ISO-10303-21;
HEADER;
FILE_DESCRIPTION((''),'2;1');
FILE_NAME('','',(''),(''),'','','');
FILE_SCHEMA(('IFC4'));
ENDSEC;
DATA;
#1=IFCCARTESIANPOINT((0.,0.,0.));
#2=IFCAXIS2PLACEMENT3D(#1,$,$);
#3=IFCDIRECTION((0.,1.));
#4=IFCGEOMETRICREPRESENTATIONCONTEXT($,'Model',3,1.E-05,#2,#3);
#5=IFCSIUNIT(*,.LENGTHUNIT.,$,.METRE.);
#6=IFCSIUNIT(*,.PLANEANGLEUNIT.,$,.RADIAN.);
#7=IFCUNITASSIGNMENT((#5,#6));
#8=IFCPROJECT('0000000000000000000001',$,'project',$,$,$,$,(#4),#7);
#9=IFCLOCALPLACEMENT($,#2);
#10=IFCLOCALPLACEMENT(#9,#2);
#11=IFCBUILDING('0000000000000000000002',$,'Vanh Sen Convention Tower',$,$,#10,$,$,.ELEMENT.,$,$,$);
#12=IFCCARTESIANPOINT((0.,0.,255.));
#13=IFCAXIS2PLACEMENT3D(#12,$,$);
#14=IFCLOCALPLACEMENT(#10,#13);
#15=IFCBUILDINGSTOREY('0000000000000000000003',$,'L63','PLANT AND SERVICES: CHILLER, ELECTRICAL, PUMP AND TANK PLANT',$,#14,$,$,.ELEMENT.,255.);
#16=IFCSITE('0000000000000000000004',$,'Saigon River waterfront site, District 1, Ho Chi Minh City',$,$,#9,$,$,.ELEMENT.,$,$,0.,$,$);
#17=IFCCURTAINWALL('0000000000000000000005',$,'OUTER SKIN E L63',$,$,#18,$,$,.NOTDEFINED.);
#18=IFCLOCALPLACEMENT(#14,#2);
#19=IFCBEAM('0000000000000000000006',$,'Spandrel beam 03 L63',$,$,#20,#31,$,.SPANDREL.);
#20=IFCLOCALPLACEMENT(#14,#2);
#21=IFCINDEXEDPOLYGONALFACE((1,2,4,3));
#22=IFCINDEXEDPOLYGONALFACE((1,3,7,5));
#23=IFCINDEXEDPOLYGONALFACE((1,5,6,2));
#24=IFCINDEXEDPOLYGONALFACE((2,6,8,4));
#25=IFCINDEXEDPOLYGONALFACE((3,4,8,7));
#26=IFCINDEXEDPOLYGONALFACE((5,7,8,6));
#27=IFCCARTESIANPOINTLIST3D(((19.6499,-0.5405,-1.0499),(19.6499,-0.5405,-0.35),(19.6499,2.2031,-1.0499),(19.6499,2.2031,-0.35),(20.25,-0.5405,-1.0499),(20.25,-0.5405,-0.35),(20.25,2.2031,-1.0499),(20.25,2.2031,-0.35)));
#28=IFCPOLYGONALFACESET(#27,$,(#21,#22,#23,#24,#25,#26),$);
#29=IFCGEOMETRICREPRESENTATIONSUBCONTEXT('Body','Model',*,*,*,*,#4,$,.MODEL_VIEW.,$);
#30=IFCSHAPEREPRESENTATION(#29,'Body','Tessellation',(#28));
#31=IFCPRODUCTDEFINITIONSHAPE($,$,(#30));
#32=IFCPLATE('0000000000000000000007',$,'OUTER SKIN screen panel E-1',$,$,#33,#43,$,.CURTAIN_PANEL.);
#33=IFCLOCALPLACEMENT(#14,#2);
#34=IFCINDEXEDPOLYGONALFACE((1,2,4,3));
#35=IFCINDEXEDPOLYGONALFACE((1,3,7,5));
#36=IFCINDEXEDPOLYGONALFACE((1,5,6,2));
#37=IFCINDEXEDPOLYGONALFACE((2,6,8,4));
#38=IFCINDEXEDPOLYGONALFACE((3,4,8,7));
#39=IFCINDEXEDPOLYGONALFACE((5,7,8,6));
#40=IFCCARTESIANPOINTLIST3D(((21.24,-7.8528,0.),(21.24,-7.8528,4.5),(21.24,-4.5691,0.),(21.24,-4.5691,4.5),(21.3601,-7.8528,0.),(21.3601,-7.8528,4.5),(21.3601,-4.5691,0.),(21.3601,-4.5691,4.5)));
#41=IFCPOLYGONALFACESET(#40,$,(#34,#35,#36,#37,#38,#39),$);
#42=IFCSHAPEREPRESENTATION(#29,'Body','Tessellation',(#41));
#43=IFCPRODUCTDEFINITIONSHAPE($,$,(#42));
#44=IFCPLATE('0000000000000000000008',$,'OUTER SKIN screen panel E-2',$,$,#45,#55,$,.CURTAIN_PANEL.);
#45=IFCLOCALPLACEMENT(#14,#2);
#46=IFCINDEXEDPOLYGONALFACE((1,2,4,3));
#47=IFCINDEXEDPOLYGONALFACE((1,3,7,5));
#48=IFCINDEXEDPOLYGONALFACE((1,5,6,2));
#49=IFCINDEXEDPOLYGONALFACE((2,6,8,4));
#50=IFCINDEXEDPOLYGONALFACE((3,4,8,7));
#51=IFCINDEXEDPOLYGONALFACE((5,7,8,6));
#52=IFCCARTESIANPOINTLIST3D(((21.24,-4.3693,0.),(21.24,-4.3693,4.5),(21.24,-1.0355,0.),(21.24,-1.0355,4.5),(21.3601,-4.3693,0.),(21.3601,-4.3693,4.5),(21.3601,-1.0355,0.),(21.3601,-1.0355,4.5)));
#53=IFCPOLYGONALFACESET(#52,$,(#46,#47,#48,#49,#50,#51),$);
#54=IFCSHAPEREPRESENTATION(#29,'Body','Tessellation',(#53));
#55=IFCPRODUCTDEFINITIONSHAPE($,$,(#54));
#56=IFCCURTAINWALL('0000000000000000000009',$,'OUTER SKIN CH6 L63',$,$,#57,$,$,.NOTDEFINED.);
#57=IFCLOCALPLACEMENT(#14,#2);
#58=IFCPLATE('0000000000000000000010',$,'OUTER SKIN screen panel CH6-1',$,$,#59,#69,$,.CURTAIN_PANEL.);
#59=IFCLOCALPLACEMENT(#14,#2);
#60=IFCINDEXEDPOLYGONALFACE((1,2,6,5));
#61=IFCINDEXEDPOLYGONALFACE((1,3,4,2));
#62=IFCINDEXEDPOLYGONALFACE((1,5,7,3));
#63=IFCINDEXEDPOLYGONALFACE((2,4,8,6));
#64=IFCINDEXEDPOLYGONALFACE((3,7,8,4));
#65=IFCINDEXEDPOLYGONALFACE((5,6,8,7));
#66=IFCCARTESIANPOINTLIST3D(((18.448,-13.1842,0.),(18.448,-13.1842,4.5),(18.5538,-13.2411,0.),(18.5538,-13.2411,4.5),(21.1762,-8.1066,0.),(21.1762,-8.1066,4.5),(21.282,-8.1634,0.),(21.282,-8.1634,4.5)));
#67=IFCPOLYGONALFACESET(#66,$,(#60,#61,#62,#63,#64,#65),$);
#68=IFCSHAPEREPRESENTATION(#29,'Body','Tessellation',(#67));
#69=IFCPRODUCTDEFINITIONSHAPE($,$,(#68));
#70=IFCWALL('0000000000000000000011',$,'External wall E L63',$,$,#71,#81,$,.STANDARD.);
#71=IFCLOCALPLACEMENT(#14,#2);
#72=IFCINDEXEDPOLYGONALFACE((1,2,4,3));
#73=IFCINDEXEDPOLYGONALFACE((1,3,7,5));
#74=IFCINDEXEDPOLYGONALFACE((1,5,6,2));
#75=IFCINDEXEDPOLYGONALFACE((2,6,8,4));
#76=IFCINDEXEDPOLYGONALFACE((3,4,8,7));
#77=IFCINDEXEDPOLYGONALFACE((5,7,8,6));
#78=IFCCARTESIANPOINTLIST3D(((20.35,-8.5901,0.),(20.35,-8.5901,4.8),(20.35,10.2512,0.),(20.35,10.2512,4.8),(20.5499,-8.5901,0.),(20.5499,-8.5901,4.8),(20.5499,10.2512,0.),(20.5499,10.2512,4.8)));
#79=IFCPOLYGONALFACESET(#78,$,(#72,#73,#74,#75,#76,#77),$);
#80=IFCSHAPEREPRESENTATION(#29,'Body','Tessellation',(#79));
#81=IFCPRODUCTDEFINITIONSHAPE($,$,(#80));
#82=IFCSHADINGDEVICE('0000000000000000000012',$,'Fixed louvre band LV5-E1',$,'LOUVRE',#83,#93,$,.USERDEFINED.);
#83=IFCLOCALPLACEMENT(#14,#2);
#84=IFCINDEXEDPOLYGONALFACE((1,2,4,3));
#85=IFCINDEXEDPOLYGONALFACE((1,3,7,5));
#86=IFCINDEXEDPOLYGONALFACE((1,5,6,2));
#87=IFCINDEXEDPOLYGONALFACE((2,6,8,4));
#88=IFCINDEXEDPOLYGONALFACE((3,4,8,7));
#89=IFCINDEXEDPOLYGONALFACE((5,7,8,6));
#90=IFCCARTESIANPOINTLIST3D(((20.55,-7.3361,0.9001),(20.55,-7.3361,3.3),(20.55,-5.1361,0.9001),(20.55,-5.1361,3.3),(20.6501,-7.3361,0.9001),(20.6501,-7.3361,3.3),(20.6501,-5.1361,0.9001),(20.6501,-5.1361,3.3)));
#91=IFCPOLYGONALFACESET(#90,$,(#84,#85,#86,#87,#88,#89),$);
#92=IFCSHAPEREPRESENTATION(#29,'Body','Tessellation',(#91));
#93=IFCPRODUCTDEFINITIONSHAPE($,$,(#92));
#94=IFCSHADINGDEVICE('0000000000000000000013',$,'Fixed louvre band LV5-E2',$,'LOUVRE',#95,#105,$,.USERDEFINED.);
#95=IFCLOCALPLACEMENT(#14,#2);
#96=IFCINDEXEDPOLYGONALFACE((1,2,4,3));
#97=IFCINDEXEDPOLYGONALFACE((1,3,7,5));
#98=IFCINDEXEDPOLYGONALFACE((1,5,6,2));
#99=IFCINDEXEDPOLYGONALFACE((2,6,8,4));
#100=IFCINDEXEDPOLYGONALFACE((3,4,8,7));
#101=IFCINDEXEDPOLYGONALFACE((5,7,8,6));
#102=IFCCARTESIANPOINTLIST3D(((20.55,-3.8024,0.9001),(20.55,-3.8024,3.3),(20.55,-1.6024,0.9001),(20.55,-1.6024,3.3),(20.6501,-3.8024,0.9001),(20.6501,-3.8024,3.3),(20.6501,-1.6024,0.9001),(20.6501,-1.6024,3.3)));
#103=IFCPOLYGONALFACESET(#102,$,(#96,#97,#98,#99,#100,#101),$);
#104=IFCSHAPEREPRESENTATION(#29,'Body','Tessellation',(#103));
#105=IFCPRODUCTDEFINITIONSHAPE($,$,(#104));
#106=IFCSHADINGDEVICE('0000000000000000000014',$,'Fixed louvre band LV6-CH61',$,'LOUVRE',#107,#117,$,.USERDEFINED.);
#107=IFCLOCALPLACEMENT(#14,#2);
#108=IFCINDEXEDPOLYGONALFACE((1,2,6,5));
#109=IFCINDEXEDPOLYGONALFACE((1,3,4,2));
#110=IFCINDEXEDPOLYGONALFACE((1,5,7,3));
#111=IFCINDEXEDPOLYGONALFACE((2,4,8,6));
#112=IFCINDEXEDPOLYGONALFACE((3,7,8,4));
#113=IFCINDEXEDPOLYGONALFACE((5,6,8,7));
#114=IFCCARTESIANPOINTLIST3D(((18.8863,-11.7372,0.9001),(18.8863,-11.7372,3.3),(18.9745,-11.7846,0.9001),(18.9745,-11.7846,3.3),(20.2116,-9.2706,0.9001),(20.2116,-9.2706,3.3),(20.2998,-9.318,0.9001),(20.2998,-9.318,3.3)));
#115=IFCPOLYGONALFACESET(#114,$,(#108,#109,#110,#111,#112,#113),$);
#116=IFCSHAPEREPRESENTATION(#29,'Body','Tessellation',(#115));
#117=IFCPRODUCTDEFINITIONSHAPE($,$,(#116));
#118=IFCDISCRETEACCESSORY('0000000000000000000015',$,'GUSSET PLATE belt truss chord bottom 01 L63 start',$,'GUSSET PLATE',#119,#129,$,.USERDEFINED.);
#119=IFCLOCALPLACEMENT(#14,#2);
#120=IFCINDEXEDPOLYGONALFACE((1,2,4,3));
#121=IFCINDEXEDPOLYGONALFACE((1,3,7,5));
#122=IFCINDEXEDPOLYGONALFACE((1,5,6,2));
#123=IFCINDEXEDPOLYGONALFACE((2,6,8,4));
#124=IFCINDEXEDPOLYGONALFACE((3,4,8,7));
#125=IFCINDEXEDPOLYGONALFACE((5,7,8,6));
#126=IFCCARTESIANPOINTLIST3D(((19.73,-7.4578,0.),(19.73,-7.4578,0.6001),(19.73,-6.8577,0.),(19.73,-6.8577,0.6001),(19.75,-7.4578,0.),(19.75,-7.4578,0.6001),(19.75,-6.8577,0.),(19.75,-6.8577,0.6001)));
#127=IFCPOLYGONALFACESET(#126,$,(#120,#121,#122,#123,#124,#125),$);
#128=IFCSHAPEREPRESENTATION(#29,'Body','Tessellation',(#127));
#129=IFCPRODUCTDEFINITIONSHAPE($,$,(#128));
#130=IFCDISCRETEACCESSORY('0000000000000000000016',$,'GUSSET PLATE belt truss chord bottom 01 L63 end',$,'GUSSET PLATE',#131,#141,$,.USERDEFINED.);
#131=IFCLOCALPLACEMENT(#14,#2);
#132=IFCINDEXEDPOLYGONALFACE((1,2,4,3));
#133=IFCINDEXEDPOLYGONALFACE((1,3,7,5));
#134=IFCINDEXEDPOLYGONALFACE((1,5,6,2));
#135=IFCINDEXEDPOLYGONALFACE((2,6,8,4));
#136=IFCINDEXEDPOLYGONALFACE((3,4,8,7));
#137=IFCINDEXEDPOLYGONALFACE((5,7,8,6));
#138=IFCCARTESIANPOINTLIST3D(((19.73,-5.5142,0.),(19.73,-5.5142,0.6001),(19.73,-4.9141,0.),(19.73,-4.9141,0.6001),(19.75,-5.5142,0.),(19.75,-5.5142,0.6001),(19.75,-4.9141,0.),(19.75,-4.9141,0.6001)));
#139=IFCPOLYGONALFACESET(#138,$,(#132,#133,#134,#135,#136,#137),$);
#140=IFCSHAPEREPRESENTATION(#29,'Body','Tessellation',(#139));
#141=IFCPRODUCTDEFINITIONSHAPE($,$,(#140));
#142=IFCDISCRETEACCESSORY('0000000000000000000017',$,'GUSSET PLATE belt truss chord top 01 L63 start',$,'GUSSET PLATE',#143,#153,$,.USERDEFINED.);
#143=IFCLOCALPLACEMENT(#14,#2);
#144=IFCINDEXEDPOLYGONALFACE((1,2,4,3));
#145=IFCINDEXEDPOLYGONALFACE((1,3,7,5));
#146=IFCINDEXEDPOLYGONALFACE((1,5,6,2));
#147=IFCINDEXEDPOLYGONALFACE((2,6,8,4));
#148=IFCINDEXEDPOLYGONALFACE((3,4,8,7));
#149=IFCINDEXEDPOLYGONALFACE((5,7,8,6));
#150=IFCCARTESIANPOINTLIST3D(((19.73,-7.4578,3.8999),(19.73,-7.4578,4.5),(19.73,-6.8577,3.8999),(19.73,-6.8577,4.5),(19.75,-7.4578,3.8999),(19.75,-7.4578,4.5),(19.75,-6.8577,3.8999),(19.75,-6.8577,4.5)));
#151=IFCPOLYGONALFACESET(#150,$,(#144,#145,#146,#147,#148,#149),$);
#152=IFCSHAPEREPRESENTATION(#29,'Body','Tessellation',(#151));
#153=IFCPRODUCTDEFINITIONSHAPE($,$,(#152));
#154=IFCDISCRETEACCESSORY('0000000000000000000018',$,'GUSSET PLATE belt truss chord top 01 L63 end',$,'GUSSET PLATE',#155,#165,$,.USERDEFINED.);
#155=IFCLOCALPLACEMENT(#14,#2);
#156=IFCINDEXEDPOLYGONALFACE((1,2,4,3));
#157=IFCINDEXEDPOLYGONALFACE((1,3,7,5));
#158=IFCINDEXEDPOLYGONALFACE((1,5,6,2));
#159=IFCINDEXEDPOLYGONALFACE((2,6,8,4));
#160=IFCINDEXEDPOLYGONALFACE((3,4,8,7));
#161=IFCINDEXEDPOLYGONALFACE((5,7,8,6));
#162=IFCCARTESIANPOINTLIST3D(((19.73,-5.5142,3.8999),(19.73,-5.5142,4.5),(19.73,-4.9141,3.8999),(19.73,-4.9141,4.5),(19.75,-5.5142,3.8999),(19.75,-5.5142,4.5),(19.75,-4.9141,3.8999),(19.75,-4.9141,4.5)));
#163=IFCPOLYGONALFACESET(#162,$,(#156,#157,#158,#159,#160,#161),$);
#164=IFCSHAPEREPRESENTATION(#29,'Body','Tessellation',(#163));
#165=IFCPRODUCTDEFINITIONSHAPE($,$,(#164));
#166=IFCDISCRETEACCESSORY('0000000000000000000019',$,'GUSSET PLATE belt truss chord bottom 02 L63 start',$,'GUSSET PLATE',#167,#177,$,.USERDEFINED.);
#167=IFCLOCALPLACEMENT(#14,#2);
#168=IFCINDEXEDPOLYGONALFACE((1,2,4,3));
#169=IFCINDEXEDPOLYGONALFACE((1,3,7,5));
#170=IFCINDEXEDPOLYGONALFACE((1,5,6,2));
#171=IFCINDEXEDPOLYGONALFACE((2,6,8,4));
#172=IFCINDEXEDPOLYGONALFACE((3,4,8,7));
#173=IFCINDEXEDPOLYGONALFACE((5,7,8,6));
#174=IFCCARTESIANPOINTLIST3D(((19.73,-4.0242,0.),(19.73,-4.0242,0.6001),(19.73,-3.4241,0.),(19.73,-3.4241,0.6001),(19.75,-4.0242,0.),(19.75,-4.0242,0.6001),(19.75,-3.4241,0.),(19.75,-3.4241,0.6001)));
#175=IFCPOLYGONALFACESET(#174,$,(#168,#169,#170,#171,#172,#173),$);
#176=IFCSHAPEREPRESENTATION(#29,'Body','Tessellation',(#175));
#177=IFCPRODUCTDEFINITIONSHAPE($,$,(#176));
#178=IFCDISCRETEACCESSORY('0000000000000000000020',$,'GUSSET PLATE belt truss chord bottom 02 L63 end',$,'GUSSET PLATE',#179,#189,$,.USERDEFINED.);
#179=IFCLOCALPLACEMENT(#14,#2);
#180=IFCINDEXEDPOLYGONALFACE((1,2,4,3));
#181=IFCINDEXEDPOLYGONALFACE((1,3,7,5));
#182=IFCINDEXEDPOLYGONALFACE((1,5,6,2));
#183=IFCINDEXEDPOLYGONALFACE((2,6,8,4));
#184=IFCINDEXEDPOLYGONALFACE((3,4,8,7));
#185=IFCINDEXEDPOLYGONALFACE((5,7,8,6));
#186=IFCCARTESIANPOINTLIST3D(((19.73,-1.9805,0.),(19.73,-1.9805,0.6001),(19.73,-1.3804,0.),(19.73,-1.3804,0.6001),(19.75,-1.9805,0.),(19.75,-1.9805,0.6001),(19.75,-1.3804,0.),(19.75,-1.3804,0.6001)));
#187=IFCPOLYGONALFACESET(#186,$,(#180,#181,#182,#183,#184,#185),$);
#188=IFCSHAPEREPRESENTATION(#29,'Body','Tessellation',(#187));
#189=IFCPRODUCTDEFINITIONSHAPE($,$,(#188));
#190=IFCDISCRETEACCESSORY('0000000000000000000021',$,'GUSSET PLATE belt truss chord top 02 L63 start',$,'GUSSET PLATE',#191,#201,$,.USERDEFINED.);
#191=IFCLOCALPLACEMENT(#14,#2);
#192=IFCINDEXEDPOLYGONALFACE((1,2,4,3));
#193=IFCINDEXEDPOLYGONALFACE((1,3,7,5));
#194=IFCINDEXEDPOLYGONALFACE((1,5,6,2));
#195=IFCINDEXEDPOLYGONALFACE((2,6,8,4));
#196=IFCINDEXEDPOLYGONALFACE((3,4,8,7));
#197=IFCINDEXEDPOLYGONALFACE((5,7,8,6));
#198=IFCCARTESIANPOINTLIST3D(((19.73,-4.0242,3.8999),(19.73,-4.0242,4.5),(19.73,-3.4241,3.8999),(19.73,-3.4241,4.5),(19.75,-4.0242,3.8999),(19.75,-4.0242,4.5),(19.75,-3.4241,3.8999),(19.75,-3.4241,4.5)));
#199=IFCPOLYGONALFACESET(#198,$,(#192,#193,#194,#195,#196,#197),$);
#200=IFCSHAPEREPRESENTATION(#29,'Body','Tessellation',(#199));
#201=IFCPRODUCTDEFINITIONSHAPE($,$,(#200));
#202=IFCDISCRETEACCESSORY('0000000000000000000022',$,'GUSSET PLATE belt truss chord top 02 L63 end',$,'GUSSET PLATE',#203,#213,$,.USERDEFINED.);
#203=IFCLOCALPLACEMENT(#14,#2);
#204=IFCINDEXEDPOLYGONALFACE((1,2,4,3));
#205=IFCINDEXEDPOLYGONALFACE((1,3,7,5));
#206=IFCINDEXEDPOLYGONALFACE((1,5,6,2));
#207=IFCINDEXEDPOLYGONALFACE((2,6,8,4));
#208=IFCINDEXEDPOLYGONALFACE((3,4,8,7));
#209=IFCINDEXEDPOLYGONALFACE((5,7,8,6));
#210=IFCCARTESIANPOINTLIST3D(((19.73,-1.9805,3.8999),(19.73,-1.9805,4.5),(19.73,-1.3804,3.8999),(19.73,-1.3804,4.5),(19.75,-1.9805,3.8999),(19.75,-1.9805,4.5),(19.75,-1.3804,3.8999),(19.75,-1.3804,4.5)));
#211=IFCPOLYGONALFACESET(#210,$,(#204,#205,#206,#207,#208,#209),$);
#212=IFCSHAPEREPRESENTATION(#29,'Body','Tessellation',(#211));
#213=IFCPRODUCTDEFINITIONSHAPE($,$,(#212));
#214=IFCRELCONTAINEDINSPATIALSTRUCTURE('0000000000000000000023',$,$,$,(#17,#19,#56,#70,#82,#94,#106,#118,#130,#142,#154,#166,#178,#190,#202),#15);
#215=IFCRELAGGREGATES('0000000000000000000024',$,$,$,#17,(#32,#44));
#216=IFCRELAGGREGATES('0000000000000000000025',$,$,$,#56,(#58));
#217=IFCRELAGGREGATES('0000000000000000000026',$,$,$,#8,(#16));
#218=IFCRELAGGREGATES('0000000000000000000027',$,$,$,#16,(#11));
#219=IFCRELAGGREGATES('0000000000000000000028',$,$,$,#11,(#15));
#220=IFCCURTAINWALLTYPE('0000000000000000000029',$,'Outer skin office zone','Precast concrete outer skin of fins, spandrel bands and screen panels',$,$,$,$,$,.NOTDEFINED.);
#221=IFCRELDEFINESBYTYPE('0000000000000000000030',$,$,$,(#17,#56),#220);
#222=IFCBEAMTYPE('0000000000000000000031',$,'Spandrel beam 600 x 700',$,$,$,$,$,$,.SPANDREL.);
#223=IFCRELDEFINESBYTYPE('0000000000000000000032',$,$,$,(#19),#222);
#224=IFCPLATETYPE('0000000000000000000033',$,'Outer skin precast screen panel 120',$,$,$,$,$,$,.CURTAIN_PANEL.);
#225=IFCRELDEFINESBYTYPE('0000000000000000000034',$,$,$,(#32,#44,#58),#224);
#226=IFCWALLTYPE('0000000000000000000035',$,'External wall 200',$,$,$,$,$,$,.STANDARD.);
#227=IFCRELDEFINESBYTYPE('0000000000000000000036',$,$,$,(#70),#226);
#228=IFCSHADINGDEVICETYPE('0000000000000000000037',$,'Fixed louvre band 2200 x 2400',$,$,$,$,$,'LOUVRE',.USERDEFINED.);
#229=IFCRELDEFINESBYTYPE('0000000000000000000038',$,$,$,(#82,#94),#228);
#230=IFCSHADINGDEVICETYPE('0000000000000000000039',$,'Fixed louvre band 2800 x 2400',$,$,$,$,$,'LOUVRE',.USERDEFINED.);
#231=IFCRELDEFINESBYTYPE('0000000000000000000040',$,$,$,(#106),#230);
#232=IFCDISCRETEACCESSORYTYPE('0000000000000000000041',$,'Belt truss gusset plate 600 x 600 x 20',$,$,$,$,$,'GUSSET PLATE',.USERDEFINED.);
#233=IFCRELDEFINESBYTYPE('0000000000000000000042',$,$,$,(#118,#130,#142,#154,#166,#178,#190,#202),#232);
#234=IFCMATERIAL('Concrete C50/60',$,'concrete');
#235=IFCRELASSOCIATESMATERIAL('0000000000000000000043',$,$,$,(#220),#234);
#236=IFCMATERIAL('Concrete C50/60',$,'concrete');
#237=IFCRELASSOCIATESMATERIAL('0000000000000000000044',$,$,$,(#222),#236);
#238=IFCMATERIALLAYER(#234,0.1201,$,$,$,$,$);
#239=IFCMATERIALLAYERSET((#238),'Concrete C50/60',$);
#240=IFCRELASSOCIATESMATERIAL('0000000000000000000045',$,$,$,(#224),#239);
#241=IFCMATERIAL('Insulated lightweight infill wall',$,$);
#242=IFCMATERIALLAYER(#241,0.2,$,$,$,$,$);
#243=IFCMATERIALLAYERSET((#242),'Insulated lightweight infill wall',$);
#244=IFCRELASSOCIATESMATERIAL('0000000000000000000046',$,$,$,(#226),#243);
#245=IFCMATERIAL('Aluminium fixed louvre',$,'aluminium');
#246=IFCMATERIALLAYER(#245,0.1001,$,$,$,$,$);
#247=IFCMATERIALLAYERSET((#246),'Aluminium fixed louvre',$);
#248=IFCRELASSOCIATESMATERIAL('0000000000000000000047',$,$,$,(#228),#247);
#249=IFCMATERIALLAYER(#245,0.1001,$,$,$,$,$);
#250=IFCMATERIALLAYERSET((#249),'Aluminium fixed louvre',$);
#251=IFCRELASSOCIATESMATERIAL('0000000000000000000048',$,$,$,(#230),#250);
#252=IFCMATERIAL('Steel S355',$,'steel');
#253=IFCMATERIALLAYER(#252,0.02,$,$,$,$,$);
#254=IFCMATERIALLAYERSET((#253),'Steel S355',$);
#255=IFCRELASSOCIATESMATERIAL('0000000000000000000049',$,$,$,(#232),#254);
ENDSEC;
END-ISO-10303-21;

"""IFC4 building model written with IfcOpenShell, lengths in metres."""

from ifc_helpers import new_model, si_unit, direction, frame, frame_2d, origin, origin_2d, place, context, subcontext, project, spatial, rectangle, extrude, material, layer, layer_set, material_profile, profile_set, type_object, element, aggregate, save


model = new_model("IFC4")

# Units and contexts
model_context = context("Model", 3, precision=1e-05, world=origin(), true_north=direction((0.0, 1.0)))
body_context = subcontext(model_context, "Body", "Model", "MODEL_VIEW")
ifc_project = project(units=[si_unit("LENGTHUNIT", "METRE"), si_unit("PLANEANGLEUNIT", "RADIAN")], contexts=[model_context])

# Site, building, storey
site_placement = place(None, origin())
site = spatial("IfcSite", under=ifc_project, at=site_placement, Name="Saigon River waterfront site, District 1, Ho Chi Minh City", CompositionType="ELEMENT", RefElevation=0.0)
building_placement = place(site_placement, origin())
building = spatial("IfcBuilding", under=site, at=building_placement, Name="Vanh Sen Convention Tower", CompositionType="ELEMENT")
storey_placement = place(building_placement, frame((0.0, 0.0, 255.0)))
storey = spatial("IfcBuildingStorey", under=building, at=storey_placement, Name="L63", Description="PLANT AND SERVICES: CHILLER, ELECTRICAL, PUMP AND TANK PLANT", CompositionType="ELEMENT", Elevation=255.0)

# Shared definitions
ifc_material_1 = material(Name="Steel S355", Category="steel")

# Curtain wall
ifc_material_2 = material(Name="Concrete C50/60", Category="concrete")
curtain_wall_type = type_object("IfcCurtainWallType", Name="Outer skin office zone", Description="Precast concrete outer skin of fins, spandrel bands and screen panels", PredefinedType="NOTDEFINED", material=ifc_material_2)
curtain_wall_1_placement = place(storey_placement, origin())
curtain_wall_1 = element("IfcCurtainWall", 1, at=curtain_wall_1_placement, inside=storey, type_object=curtain_wall_type, Name="OUTER SKIN E L63", PredefinedType="NOTDEFINED")

# Beam
ifc_material_3 = material(Name="Concrete C50/60", Category="concrete")
ifc_material_profile_1 = material_profile(ifc_material_3, rectangle(XDim=0.6001, YDim=0.7, at=origin_2d()), Name="RC 600X700")
ifc_profile_set_1 = profile_set([ifc_material_profile_1], Name="Concrete C50/60")
beam_type_1 = type_object("IfcBeamType", Name="Spandrel beam 600 x 700", PredefinedType="SPANDREL", material=ifc_profile_set_1)
for number, where, z_axis, x_axis, name in (
    (2, (19.95, -0.5405, -0.7), (0.0, 1.0, 0.0), (-1.0, 0.0, 0.0), "Spandrel beam 03 L63"),
):
    element("IfcBeam", number, at=place(storey_placement, frame(where, z_axis=z_axis, x_axis=x_axis)), inside=storey, type_object=beam_type_1, Name=name, PredefinedType="SPANDREL", context=body_context, shape_type="SweptSolid", body=[
        extrude(rectangle(XDim=0.6001, YDim=0.7, at=origin_2d()), origin(), (0.0, 0.0, 1.0), 2.7437),
    ])

# Plates
ifc_layer_1 = layer(ifc_material_2, 0.1201)
ifc_layer_set_1 = layer_set([ifc_layer_1], Name="Concrete C50/60")
plate_type = type_object("IfcPlateType", Name="Outer skin precast screen panel 120", PredefinedType="CURTAIN_PANEL", material=ifc_layer_set_1)
plate_1_placement = place(storey_placement, frame((21.3, -6.2109, 0.0), z_axis=(0.0, 0.0, 1.0), x_axis=(0.0, 1.0, 0.0)))
plate_1 = element("IfcPlate", 3, at=plate_1_placement, type_object=plate_type, Name="OUTER SKIN screen panel E-1", PredefinedType="CURTAIN_PANEL", context=body_context, shape_type="SweptSolid", body=[
    extrude(rectangle(XDim=3.2837, YDim=0.1201, at=origin_2d()), origin(), (0.0, 0.0, 1.0), 4.5),
])
plate_2_placement = place(storey_placement, frame((21.3, -2.7024, 0.0), z_axis=(0.0, 0.0, 1.0), x_axis=(0.0, 1.0, 0.0)))
plate_2 = element("IfcPlate", 4, at=plate_2_placement, type_object=plate_type, Name="OUTER SKIN screen panel E-2", PredefinedType="CURTAIN_PANEL", context=body_context, shape_type="SweptSolid", body=[
    extrude(rectangle(XDim=3.3337, YDim=0.1201, at=origin_2d()), origin(), (0.0, 0.0, 1.0), 4.5),
])
aggregate(curtain_wall_1, [plate_1, plate_2])

# Curtain wall, plate
curtain_wall_2_placement = place(storey_placement, origin())
curtain_wall_2 = element("IfcCurtainWall", 5, at=curtain_wall_2_placement, inside=storey, type_object=curtain_wall_type, Name="OUTER SKIN CH6 L63", PredefinedType="NOTDEFINED")
plate_3_placement = place(storey_placement, frame((19.865, -10.6738, 0.0), z_axis=(0.0, 0.0, 1.0), x_axis=(0.473314, 0.880894, 0.0)))
plate_3 = element("IfcPlate", 6, at=plate_3_placement, type_object=plate_type, Name="OUTER SKIN screen panel CH6-1", PredefinedType="CURTAIN_PANEL", context=body_context, shape_type="SweptSolid", body=[
    extrude(rectangle(XDim=5.7642, YDim=0.1201, at=origin_2d()), origin(), (0.0, 0.0, 1.0), 4.5),
])
aggregate(curtain_wall_2, [plate_3])

# Wall
ifc_material_4 = material(Name="Insulated lightweight infill wall")
ifc_layer_2 = layer(ifc_material_4, 0.2)
ifc_layer_set_2 = layer_set([ifc_layer_2], Name="Insulated lightweight infill wall")
wall_type = type_object("IfcWallType", Name="External wall 200", PredefinedType="STANDARD", material=ifc_layer_set_2)
wall_placement = place(storey_placement, frame((20.45, -8.5901, 0.0), z_axis=(0.0, 0.0, 1.0), x_axis=(0.0, 1.0, 0.0)))
element("IfcWall", 7, at=wall_placement, inside=storey, type_object=wall_type, Name="External wall E L63", PredefinedType="STANDARD", context=body_context, shape_type="SweptSolid", body=[
    extrude(rectangle(XDim=18.8413, YDim=0.2, at=frame_2d((9.4207, 0.0))), origin(), (0.0, 0.0, 1.0), 4.8),
])

# Shading devices
ifc_material_5 = material(Name="Aluminium fixed louvre", Category="aluminium")
ifc_layer_3 = layer(ifc_material_5, 0.1001)
ifc_layer_set_3 = layer_set([ifc_layer_3], Name="Aluminium fixed louvre")
shading_device_type_1 = type_object("IfcShadingDeviceType", Name="Fixed louvre band 2200 x 2400", ElementType="LOUVRE", PredefinedType="USERDEFINED", material=ifc_layer_set_3)
for number, where, z_axis, x_axis, name in (
    (8, (20.6001, -6.2361, 0.9001), (0.0, 0.0, 1.0), (0.0, 1.0, 0.0), "Fixed louvre band LV5-E1"),
    (9, (20.6001, -2.7024, 0.9001), (0.0, 0.0, 1.0), (0.0, 1.0, 0.0), "Fixed louvre band LV5-E2"),
):
    element("IfcShadingDevice", number, at=place(storey_placement, frame(where, z_axis=z_axis, x_axis=x_axis)), inside=storey, type_object=shading_device_type_1, Name=name, ObjectType="LOUVRE", PredefinedType="USERDEFINED", context=body_context, shape_type="SweptSolid", body=[
        extrude(rectangle(XDim=2.2, YDim=0.1001, at=origin_2d()), origin(), (0.0, 0.0, 1.0), 2.3999),
    ])
ifc_layer_4 = layer(ifc_material_5, 0.1001)
ifc_layer_set_4 = layer_set([ifc_layer_4], Name="Aluminium fixed louvre")
shading_device_type_2 = type_object("IfcShadingDeviceType", Name="Fixed louvre band 2800 x 2400", ElementType="LOUVRE", PredefinedType="USERDEFINED", material=ifc_layer_set_4)
shading_device_placement = place(storey_placement, frame((19.593, -10.5276, 0.9001), z_axis=(0.0, 0.0, 1.0), x_axis=(0.47331, 0.880896, 0.0)))
element("IfcShadingDevice", 10, at=shading_device_placement, inside=storey, type_object=shading_device_type_2, Name="Fixed louvre band LV6-CH61", ObjectType="LOUVRE", PredefinedType="USERDEFINED", context=body_context, shape_type="SweptSolid", body=[
    extrude(rectangle(XDim=2.8, YDim=0.1001, at=origin_2d()), origin(), (0.0, 0.0, 1.0), 2.3999),
])

# Discrete accessories
ifc_layer_5 = layer(ifc_material_1, 0.02)
ifc_layer_set_5 = layer_set([ifc_layer_5], Name="Steel S355")
discrete_accessory_type_1 = type_object("IfcDiscreteAccessoryType", Name="Belt truss gusset plate 600 x 600 x 20", ElementType="GUSSET PLATE", PredefinedType="USERDEFINED", material=ifc_layer_set_5)
for number, where, z_axis, x_axis, name in (
    (11, (19.74, -7.1577, 0.0), (0.0, 0.0, 1.0), (0.0, 1.0, 0.0), "GUSSET PLATE belt truss chord bottom 01 L63 start"),
    (12, (19.74, -5.2141, 0.0), (0.0, 0.0, 1.0), (0.0, -1.0, 0.0), "GUSSET PLATE belt truss chord bottom 01 L63 end"),
    (13, (19.74, -7.1577, 3.8999), (0.0, 0.0, 1.0), (0.0, 1.0, 0.0), "GUSSET PLATE belt truss chord top 01 L63 start"),
    (14, (19.74, -5.2141, 3.8999), (0.0, 0.0, 1.0), (0.0, -1.0, 0.0), "GUSSET PLATE belt truss chord top 01 L63 end"),
    (15, (19.74, -3.7241, 0.0), (0.0, 0.0, 1.0), (0.0, 1.0, 0.0), "GUSSET PLATE belt truss chord bottom 02 L63 start"),
    (16, (19.74, -1.6804, 0.0), (0.0, 0.0, 1.0), (0.0, -1.0, 0.0), "GUSSET PLATE belt truss chord bottom 02 L63 end"),
    (17, (19.74, -3.7241, 3.8999), (0.0, 0.0, 1.0), (0.0, 1.0, 0.0), "GUSSET PLATE belt truss chord top 02 L63 start"),
    (18, (19.74, -1.6804, 3.8999), (0.0, 0.0, 1.0), (0.0, -1.0, 0.0), "GUSSET PLATE belt truss chord top 02 L63 end"),
):
    element("IfcDiscreteAccessory", number, at=place(storey_placement, frame(where, z_axis=z_axis, x_axis=x_axis)), inside=storey, type_object=discrete_accessory_type_1, Name=name, ObjectType="GUSSET PLATE", PredefinedType="USERDEFINED", context=body_context, shape_type="SweptSolid", body=[
        extrude(rectangle(XDim=0.6001, YDim=0.02, at=origin_2d()), origin(), (0.0, 0.0, 1.0), 0.6001),
    ])

save(model, "model.ifc")
